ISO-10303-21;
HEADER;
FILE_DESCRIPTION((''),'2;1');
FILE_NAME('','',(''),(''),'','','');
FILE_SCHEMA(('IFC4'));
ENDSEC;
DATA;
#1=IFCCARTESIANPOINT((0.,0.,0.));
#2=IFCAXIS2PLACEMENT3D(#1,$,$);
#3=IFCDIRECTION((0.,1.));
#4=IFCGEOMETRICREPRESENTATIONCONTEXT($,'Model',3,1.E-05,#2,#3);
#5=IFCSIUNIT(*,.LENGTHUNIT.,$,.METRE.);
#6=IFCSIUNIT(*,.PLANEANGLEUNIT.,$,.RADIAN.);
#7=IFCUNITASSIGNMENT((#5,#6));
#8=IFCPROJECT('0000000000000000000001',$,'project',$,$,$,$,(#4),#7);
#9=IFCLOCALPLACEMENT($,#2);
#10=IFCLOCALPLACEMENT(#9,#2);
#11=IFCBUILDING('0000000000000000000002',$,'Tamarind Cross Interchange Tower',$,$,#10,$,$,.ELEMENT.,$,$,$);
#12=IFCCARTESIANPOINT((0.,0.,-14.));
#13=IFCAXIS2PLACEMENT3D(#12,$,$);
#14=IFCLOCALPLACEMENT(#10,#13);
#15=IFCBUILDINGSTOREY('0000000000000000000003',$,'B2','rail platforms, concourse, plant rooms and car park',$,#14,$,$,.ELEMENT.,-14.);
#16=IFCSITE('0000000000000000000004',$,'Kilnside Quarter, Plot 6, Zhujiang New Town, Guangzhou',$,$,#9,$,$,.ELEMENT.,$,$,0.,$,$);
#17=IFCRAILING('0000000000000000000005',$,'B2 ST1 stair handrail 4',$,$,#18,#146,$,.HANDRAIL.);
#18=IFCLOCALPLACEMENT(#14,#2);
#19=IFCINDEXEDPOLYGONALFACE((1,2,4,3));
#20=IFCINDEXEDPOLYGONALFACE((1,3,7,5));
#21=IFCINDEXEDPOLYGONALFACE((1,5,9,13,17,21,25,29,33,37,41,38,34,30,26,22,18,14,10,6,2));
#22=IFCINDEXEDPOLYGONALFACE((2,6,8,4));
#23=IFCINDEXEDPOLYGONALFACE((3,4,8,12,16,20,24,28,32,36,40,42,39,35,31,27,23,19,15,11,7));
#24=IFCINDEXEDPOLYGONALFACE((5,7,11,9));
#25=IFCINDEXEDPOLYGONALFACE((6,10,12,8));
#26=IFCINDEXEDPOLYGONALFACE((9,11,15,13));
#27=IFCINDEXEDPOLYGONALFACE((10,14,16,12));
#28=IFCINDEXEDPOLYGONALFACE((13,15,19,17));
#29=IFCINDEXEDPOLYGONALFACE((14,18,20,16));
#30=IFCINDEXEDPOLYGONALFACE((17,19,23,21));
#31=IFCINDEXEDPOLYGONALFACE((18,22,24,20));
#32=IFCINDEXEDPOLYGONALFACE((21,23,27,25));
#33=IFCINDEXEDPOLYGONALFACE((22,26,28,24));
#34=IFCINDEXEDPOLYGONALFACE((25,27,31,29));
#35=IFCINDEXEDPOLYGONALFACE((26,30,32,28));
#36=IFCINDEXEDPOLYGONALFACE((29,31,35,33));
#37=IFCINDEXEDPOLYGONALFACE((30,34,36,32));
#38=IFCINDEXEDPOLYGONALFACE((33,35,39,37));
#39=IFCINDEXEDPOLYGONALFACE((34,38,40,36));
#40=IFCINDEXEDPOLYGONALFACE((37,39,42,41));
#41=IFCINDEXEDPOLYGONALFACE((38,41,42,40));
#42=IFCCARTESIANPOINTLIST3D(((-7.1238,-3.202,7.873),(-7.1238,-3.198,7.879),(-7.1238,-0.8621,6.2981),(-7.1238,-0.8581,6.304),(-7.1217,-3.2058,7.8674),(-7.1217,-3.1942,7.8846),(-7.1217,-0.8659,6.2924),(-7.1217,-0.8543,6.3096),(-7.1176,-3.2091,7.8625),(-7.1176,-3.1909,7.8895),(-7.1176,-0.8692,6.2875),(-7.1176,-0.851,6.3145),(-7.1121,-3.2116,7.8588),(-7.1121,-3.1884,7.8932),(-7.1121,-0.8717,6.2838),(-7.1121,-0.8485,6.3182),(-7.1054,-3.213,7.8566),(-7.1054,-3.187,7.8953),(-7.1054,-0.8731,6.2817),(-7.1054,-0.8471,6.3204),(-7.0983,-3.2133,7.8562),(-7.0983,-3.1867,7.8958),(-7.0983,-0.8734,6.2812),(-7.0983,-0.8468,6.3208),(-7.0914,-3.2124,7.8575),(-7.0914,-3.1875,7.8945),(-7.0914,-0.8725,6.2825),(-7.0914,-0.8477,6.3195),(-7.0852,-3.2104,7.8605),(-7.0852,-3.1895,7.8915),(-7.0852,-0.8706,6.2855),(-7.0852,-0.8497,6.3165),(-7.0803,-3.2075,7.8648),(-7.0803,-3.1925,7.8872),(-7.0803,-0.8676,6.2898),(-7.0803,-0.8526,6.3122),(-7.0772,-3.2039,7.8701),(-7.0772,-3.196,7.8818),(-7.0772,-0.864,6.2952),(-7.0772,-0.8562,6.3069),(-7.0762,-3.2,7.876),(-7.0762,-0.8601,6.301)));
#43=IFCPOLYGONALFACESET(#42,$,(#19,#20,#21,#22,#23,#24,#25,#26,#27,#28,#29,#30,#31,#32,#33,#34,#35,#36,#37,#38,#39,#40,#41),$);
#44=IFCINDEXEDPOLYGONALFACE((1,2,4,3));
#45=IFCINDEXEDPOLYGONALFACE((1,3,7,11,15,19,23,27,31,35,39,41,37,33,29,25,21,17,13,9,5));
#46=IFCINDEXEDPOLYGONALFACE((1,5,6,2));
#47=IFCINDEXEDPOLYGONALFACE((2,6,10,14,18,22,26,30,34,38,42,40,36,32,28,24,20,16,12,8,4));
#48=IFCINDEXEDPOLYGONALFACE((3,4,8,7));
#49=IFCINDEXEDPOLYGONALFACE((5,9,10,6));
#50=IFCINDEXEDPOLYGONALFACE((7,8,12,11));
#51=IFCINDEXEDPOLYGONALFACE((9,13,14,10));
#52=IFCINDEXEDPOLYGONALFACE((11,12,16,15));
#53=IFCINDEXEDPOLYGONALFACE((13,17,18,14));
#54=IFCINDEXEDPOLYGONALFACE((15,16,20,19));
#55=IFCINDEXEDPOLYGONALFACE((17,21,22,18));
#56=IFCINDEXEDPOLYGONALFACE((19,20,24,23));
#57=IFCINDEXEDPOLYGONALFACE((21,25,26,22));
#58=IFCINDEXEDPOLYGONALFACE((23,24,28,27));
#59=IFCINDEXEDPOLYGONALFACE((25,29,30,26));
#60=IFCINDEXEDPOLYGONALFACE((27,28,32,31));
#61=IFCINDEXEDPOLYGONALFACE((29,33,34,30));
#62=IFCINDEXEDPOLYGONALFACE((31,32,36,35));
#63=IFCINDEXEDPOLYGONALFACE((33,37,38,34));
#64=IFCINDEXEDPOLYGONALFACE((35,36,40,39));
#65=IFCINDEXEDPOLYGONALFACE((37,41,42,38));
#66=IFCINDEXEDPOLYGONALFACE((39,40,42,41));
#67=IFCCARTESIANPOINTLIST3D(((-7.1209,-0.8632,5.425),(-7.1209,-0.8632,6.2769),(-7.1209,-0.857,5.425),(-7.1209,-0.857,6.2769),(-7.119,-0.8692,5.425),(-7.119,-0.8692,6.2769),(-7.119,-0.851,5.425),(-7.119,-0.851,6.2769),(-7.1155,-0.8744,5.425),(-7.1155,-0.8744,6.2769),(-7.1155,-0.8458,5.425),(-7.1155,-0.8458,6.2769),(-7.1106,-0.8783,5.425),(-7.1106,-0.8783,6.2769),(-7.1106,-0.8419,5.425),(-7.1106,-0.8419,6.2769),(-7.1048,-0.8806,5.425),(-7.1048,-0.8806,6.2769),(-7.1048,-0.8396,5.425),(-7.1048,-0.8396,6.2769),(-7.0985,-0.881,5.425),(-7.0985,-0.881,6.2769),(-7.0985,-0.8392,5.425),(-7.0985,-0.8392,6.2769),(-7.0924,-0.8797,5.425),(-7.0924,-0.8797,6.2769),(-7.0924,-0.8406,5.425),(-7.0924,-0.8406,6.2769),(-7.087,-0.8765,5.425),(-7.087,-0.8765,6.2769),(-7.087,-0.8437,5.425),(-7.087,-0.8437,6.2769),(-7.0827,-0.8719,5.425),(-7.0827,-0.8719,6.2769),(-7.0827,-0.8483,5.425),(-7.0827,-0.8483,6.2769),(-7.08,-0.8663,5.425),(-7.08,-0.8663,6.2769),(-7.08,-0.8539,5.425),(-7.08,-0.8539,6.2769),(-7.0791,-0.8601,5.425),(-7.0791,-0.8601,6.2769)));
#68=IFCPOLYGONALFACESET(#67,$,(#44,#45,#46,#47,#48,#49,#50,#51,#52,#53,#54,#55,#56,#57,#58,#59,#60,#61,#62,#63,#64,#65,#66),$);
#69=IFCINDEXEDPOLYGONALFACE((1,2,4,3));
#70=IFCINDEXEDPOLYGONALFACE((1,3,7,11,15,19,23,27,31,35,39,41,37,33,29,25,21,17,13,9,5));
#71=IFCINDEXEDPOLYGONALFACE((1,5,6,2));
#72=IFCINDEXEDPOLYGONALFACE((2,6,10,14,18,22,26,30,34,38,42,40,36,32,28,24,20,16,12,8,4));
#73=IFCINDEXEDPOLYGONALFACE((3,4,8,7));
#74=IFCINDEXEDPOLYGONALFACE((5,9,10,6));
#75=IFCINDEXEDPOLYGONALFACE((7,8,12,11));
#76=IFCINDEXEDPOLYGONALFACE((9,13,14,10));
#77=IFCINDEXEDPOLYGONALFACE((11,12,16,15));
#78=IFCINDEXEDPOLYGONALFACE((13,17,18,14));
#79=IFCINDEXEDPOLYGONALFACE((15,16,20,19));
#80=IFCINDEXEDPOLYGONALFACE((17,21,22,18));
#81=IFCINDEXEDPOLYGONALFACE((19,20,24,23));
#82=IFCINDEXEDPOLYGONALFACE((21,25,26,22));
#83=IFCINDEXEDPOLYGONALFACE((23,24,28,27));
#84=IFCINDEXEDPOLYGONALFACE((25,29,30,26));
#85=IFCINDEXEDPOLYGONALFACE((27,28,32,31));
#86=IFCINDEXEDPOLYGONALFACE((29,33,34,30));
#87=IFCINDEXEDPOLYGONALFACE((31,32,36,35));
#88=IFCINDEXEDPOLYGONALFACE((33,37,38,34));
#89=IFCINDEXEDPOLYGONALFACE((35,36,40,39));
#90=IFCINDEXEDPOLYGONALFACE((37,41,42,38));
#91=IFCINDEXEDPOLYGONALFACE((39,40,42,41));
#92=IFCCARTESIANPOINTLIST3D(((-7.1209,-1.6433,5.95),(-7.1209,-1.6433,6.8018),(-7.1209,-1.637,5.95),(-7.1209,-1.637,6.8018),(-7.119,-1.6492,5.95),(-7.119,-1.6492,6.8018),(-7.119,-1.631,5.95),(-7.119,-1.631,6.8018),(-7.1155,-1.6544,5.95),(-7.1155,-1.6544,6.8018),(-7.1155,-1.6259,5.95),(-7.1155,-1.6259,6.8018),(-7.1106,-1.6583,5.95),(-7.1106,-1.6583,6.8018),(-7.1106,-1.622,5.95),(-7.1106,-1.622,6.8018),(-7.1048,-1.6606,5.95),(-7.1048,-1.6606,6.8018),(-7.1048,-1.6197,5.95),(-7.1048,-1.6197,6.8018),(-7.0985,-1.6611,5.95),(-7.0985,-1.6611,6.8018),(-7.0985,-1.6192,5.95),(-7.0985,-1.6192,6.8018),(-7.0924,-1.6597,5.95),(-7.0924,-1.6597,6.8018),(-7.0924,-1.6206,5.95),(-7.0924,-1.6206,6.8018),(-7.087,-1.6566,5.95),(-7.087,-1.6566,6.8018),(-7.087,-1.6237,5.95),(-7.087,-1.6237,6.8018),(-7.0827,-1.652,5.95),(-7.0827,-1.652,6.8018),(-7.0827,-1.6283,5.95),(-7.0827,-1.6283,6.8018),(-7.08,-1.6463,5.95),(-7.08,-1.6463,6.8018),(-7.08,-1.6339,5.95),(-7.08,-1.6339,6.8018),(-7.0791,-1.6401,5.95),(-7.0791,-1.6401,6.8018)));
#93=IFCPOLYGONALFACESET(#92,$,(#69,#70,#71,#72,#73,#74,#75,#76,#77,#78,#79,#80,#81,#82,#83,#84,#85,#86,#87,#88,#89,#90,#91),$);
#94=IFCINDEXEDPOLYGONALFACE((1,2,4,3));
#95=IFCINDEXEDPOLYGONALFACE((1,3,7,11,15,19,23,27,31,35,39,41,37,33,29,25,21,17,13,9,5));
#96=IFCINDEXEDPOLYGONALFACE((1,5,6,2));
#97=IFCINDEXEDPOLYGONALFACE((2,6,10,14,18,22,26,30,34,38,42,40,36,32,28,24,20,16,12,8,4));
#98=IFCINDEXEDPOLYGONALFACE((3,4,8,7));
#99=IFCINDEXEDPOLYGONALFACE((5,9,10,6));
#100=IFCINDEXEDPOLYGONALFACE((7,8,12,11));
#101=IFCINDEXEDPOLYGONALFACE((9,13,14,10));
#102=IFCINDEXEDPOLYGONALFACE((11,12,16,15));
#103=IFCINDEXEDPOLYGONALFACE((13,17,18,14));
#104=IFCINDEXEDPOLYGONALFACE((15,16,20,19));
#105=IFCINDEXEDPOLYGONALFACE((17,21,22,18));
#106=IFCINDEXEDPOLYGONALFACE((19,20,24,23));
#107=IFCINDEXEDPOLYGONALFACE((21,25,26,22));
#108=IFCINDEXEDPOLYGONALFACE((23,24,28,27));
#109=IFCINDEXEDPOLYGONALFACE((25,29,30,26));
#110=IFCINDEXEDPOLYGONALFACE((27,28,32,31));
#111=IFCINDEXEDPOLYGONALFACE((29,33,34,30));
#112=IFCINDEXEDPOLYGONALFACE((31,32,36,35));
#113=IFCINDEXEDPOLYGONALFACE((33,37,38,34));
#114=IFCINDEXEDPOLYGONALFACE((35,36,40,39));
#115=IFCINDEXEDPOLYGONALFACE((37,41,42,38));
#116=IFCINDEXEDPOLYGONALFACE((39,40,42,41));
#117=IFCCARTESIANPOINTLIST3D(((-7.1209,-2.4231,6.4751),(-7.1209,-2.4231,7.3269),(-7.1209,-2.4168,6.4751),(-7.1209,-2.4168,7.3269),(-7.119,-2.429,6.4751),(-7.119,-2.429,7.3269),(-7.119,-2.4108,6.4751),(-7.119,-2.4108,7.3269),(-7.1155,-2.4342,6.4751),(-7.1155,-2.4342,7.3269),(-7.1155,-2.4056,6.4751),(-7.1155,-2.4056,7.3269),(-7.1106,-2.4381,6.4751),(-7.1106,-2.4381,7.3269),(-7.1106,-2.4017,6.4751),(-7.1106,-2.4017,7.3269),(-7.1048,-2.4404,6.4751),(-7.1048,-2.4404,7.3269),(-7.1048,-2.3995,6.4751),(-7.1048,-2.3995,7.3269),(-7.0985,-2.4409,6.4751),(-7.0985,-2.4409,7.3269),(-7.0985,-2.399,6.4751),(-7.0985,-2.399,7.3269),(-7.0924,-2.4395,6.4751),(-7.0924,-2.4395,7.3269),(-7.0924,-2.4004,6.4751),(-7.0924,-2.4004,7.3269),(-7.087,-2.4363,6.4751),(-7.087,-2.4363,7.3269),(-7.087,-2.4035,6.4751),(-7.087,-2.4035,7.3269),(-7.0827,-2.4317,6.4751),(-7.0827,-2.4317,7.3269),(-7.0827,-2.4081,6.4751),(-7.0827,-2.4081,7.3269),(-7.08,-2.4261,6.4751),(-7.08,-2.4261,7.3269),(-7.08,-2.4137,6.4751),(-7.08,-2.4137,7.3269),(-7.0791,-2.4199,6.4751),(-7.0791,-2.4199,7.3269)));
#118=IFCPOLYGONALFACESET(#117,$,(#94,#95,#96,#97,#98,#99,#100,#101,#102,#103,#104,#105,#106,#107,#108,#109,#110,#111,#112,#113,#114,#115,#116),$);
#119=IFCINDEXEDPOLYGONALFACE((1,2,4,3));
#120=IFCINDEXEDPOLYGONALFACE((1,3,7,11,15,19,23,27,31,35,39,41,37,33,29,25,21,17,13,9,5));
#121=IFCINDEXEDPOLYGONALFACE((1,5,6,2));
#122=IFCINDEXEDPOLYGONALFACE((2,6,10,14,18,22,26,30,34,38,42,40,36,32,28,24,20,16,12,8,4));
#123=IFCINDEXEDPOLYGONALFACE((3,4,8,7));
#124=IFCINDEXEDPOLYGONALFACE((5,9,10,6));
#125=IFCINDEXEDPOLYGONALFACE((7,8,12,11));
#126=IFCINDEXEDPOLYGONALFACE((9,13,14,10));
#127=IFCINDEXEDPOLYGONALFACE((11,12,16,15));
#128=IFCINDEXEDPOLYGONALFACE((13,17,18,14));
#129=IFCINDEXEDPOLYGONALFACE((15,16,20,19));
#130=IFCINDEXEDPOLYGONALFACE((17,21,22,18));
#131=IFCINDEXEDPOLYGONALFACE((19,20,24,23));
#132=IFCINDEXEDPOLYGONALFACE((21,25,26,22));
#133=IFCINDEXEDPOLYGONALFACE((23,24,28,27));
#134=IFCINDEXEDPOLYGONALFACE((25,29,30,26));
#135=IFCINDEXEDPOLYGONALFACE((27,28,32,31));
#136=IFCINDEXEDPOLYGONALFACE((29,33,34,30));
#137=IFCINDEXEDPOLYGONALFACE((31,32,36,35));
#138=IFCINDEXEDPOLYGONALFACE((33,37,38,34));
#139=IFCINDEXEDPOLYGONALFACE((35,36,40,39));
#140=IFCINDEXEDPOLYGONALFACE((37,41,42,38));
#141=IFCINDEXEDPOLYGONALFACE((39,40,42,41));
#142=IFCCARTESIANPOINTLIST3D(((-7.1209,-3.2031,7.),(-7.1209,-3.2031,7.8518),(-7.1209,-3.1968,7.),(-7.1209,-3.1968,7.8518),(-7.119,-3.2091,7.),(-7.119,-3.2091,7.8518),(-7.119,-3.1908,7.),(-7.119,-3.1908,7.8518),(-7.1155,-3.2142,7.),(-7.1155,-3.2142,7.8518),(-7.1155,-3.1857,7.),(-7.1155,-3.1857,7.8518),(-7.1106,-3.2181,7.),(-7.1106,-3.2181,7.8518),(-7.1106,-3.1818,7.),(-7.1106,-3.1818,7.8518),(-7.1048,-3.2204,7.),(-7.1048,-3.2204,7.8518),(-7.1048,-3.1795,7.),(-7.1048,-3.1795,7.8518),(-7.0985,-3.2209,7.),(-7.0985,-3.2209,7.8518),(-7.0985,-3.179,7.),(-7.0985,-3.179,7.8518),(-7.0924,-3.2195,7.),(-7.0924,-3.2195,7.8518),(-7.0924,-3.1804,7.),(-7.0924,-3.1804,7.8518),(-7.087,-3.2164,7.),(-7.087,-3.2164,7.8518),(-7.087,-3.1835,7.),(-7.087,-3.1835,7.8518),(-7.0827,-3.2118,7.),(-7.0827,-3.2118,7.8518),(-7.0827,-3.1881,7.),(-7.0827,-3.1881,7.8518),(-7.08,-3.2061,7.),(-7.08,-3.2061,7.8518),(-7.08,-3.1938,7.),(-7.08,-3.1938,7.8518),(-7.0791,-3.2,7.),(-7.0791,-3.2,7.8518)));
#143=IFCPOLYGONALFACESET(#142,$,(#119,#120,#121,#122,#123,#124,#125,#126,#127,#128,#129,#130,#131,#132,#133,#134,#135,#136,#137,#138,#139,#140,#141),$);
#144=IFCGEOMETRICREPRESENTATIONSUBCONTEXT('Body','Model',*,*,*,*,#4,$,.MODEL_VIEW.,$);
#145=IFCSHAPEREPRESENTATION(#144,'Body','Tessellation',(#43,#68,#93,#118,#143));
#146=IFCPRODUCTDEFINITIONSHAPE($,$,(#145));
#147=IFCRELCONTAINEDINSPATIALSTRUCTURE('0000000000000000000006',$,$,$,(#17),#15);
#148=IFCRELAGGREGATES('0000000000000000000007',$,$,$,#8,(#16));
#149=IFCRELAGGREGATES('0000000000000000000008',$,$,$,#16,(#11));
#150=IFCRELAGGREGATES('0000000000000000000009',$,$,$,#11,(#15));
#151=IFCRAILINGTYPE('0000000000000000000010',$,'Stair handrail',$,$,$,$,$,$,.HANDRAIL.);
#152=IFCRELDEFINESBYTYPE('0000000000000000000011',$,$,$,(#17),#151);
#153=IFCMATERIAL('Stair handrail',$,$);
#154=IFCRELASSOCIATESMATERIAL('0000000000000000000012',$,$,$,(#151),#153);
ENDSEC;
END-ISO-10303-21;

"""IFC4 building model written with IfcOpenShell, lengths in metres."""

from ifc_helpers import new_model, si_unit, direction, frame, origin, origin_2d, place, context, subcontext, project, spatial, circle, extrude, material, type_object, element, save


model = new_model("IFC4")

# Units and contexts
model_context = context("Model", 3, precision=1e-05, world=origin(), true_north=direction((0.0, 1.0)))
body_context = subcontext(model_context, "Body", "Model", "MODEL_VIEW")
ifc_project = project(units=[si_unit("LENGTHUNIT", "METRE"), si_unit("PLANEANGLEUNIT", "RADIAN")], contexts=[model_context])

# Site, building, storey
site_placement = place(None, origin())
site = spatial("IfcSite", under=ifc_project, at=site_placement, Name="Kilnside Quarter, Plot 6, Zhujiang New Town, Guangzhou", CompositionType="ELEMENT", RefElevation=0.0)
building_placement = place(site_placement, origin())
building = spatial("IfcBuilding", under=site, at=building_placement, Name="Tamarind Cross Interchange Tower", CompositionType="ELEMENT")
storey_placement = place(building_placement, frame((0.0, 0.0, -14.0)))
storey = spatial("IfcBuildingStorey", under=building, at=storey_placement, Name="B2", Description="rail platforms, concourse, plant rooms and car park", CompositionType="ELEMENT", Elevation=-14.0)

# Railing
ifc_material_1 = material(Name="Stair handrail")
railing_type_1 = type_object("IfcRailingType", Name="Stair handrail", PredefinedType="HANDRAIL", material=ifc_material_1)
railing_1_placement = place(storey_placement, frame((-7.1001, -0.8601, 5.425)))
element("IfcRailing", 1, at=railing_1_placement, inside=storey, type_object=railing_type_1, Name="B2 ST1 stair handrail 4", PredefinedType="HANDRAIL", context=body_context, shape_type="SweptSolid", body=[
    extrude(circle(Radius=0.0239, at=origin_2d()), frame((0.0, 0.0, 0.876), z_axis=(0.0, -0.829578, 0.55839), x_axis=(1.0, 0.0, 0.0)), (0.0, 0.0, 1.0), 2.8206),
    extrude(circle(Radius=0.021, at=origin_2d()), origin(), (0.0, 0.0, 1.0), 0.8518),
    extrude(circle(Radius=0.021, at=origin_2d()), frame((0.0, -0.78, 0.5249)), (0.0, 0.0, 1.0), 0.8518),
    extrude(circle(Radius=0.021, at=origin_2d()), frame((0.0, -1.5598, 1.05)), (0.0, 0.0, 1.0), 0.8518),
    extrude(circle(Radius=0.021, at=origin_2d()), frame((0.0, -2.3398, 1.575)), (0.0, 0.0, 1.0), 0.8518),
])

save(model, "model.ifc")
